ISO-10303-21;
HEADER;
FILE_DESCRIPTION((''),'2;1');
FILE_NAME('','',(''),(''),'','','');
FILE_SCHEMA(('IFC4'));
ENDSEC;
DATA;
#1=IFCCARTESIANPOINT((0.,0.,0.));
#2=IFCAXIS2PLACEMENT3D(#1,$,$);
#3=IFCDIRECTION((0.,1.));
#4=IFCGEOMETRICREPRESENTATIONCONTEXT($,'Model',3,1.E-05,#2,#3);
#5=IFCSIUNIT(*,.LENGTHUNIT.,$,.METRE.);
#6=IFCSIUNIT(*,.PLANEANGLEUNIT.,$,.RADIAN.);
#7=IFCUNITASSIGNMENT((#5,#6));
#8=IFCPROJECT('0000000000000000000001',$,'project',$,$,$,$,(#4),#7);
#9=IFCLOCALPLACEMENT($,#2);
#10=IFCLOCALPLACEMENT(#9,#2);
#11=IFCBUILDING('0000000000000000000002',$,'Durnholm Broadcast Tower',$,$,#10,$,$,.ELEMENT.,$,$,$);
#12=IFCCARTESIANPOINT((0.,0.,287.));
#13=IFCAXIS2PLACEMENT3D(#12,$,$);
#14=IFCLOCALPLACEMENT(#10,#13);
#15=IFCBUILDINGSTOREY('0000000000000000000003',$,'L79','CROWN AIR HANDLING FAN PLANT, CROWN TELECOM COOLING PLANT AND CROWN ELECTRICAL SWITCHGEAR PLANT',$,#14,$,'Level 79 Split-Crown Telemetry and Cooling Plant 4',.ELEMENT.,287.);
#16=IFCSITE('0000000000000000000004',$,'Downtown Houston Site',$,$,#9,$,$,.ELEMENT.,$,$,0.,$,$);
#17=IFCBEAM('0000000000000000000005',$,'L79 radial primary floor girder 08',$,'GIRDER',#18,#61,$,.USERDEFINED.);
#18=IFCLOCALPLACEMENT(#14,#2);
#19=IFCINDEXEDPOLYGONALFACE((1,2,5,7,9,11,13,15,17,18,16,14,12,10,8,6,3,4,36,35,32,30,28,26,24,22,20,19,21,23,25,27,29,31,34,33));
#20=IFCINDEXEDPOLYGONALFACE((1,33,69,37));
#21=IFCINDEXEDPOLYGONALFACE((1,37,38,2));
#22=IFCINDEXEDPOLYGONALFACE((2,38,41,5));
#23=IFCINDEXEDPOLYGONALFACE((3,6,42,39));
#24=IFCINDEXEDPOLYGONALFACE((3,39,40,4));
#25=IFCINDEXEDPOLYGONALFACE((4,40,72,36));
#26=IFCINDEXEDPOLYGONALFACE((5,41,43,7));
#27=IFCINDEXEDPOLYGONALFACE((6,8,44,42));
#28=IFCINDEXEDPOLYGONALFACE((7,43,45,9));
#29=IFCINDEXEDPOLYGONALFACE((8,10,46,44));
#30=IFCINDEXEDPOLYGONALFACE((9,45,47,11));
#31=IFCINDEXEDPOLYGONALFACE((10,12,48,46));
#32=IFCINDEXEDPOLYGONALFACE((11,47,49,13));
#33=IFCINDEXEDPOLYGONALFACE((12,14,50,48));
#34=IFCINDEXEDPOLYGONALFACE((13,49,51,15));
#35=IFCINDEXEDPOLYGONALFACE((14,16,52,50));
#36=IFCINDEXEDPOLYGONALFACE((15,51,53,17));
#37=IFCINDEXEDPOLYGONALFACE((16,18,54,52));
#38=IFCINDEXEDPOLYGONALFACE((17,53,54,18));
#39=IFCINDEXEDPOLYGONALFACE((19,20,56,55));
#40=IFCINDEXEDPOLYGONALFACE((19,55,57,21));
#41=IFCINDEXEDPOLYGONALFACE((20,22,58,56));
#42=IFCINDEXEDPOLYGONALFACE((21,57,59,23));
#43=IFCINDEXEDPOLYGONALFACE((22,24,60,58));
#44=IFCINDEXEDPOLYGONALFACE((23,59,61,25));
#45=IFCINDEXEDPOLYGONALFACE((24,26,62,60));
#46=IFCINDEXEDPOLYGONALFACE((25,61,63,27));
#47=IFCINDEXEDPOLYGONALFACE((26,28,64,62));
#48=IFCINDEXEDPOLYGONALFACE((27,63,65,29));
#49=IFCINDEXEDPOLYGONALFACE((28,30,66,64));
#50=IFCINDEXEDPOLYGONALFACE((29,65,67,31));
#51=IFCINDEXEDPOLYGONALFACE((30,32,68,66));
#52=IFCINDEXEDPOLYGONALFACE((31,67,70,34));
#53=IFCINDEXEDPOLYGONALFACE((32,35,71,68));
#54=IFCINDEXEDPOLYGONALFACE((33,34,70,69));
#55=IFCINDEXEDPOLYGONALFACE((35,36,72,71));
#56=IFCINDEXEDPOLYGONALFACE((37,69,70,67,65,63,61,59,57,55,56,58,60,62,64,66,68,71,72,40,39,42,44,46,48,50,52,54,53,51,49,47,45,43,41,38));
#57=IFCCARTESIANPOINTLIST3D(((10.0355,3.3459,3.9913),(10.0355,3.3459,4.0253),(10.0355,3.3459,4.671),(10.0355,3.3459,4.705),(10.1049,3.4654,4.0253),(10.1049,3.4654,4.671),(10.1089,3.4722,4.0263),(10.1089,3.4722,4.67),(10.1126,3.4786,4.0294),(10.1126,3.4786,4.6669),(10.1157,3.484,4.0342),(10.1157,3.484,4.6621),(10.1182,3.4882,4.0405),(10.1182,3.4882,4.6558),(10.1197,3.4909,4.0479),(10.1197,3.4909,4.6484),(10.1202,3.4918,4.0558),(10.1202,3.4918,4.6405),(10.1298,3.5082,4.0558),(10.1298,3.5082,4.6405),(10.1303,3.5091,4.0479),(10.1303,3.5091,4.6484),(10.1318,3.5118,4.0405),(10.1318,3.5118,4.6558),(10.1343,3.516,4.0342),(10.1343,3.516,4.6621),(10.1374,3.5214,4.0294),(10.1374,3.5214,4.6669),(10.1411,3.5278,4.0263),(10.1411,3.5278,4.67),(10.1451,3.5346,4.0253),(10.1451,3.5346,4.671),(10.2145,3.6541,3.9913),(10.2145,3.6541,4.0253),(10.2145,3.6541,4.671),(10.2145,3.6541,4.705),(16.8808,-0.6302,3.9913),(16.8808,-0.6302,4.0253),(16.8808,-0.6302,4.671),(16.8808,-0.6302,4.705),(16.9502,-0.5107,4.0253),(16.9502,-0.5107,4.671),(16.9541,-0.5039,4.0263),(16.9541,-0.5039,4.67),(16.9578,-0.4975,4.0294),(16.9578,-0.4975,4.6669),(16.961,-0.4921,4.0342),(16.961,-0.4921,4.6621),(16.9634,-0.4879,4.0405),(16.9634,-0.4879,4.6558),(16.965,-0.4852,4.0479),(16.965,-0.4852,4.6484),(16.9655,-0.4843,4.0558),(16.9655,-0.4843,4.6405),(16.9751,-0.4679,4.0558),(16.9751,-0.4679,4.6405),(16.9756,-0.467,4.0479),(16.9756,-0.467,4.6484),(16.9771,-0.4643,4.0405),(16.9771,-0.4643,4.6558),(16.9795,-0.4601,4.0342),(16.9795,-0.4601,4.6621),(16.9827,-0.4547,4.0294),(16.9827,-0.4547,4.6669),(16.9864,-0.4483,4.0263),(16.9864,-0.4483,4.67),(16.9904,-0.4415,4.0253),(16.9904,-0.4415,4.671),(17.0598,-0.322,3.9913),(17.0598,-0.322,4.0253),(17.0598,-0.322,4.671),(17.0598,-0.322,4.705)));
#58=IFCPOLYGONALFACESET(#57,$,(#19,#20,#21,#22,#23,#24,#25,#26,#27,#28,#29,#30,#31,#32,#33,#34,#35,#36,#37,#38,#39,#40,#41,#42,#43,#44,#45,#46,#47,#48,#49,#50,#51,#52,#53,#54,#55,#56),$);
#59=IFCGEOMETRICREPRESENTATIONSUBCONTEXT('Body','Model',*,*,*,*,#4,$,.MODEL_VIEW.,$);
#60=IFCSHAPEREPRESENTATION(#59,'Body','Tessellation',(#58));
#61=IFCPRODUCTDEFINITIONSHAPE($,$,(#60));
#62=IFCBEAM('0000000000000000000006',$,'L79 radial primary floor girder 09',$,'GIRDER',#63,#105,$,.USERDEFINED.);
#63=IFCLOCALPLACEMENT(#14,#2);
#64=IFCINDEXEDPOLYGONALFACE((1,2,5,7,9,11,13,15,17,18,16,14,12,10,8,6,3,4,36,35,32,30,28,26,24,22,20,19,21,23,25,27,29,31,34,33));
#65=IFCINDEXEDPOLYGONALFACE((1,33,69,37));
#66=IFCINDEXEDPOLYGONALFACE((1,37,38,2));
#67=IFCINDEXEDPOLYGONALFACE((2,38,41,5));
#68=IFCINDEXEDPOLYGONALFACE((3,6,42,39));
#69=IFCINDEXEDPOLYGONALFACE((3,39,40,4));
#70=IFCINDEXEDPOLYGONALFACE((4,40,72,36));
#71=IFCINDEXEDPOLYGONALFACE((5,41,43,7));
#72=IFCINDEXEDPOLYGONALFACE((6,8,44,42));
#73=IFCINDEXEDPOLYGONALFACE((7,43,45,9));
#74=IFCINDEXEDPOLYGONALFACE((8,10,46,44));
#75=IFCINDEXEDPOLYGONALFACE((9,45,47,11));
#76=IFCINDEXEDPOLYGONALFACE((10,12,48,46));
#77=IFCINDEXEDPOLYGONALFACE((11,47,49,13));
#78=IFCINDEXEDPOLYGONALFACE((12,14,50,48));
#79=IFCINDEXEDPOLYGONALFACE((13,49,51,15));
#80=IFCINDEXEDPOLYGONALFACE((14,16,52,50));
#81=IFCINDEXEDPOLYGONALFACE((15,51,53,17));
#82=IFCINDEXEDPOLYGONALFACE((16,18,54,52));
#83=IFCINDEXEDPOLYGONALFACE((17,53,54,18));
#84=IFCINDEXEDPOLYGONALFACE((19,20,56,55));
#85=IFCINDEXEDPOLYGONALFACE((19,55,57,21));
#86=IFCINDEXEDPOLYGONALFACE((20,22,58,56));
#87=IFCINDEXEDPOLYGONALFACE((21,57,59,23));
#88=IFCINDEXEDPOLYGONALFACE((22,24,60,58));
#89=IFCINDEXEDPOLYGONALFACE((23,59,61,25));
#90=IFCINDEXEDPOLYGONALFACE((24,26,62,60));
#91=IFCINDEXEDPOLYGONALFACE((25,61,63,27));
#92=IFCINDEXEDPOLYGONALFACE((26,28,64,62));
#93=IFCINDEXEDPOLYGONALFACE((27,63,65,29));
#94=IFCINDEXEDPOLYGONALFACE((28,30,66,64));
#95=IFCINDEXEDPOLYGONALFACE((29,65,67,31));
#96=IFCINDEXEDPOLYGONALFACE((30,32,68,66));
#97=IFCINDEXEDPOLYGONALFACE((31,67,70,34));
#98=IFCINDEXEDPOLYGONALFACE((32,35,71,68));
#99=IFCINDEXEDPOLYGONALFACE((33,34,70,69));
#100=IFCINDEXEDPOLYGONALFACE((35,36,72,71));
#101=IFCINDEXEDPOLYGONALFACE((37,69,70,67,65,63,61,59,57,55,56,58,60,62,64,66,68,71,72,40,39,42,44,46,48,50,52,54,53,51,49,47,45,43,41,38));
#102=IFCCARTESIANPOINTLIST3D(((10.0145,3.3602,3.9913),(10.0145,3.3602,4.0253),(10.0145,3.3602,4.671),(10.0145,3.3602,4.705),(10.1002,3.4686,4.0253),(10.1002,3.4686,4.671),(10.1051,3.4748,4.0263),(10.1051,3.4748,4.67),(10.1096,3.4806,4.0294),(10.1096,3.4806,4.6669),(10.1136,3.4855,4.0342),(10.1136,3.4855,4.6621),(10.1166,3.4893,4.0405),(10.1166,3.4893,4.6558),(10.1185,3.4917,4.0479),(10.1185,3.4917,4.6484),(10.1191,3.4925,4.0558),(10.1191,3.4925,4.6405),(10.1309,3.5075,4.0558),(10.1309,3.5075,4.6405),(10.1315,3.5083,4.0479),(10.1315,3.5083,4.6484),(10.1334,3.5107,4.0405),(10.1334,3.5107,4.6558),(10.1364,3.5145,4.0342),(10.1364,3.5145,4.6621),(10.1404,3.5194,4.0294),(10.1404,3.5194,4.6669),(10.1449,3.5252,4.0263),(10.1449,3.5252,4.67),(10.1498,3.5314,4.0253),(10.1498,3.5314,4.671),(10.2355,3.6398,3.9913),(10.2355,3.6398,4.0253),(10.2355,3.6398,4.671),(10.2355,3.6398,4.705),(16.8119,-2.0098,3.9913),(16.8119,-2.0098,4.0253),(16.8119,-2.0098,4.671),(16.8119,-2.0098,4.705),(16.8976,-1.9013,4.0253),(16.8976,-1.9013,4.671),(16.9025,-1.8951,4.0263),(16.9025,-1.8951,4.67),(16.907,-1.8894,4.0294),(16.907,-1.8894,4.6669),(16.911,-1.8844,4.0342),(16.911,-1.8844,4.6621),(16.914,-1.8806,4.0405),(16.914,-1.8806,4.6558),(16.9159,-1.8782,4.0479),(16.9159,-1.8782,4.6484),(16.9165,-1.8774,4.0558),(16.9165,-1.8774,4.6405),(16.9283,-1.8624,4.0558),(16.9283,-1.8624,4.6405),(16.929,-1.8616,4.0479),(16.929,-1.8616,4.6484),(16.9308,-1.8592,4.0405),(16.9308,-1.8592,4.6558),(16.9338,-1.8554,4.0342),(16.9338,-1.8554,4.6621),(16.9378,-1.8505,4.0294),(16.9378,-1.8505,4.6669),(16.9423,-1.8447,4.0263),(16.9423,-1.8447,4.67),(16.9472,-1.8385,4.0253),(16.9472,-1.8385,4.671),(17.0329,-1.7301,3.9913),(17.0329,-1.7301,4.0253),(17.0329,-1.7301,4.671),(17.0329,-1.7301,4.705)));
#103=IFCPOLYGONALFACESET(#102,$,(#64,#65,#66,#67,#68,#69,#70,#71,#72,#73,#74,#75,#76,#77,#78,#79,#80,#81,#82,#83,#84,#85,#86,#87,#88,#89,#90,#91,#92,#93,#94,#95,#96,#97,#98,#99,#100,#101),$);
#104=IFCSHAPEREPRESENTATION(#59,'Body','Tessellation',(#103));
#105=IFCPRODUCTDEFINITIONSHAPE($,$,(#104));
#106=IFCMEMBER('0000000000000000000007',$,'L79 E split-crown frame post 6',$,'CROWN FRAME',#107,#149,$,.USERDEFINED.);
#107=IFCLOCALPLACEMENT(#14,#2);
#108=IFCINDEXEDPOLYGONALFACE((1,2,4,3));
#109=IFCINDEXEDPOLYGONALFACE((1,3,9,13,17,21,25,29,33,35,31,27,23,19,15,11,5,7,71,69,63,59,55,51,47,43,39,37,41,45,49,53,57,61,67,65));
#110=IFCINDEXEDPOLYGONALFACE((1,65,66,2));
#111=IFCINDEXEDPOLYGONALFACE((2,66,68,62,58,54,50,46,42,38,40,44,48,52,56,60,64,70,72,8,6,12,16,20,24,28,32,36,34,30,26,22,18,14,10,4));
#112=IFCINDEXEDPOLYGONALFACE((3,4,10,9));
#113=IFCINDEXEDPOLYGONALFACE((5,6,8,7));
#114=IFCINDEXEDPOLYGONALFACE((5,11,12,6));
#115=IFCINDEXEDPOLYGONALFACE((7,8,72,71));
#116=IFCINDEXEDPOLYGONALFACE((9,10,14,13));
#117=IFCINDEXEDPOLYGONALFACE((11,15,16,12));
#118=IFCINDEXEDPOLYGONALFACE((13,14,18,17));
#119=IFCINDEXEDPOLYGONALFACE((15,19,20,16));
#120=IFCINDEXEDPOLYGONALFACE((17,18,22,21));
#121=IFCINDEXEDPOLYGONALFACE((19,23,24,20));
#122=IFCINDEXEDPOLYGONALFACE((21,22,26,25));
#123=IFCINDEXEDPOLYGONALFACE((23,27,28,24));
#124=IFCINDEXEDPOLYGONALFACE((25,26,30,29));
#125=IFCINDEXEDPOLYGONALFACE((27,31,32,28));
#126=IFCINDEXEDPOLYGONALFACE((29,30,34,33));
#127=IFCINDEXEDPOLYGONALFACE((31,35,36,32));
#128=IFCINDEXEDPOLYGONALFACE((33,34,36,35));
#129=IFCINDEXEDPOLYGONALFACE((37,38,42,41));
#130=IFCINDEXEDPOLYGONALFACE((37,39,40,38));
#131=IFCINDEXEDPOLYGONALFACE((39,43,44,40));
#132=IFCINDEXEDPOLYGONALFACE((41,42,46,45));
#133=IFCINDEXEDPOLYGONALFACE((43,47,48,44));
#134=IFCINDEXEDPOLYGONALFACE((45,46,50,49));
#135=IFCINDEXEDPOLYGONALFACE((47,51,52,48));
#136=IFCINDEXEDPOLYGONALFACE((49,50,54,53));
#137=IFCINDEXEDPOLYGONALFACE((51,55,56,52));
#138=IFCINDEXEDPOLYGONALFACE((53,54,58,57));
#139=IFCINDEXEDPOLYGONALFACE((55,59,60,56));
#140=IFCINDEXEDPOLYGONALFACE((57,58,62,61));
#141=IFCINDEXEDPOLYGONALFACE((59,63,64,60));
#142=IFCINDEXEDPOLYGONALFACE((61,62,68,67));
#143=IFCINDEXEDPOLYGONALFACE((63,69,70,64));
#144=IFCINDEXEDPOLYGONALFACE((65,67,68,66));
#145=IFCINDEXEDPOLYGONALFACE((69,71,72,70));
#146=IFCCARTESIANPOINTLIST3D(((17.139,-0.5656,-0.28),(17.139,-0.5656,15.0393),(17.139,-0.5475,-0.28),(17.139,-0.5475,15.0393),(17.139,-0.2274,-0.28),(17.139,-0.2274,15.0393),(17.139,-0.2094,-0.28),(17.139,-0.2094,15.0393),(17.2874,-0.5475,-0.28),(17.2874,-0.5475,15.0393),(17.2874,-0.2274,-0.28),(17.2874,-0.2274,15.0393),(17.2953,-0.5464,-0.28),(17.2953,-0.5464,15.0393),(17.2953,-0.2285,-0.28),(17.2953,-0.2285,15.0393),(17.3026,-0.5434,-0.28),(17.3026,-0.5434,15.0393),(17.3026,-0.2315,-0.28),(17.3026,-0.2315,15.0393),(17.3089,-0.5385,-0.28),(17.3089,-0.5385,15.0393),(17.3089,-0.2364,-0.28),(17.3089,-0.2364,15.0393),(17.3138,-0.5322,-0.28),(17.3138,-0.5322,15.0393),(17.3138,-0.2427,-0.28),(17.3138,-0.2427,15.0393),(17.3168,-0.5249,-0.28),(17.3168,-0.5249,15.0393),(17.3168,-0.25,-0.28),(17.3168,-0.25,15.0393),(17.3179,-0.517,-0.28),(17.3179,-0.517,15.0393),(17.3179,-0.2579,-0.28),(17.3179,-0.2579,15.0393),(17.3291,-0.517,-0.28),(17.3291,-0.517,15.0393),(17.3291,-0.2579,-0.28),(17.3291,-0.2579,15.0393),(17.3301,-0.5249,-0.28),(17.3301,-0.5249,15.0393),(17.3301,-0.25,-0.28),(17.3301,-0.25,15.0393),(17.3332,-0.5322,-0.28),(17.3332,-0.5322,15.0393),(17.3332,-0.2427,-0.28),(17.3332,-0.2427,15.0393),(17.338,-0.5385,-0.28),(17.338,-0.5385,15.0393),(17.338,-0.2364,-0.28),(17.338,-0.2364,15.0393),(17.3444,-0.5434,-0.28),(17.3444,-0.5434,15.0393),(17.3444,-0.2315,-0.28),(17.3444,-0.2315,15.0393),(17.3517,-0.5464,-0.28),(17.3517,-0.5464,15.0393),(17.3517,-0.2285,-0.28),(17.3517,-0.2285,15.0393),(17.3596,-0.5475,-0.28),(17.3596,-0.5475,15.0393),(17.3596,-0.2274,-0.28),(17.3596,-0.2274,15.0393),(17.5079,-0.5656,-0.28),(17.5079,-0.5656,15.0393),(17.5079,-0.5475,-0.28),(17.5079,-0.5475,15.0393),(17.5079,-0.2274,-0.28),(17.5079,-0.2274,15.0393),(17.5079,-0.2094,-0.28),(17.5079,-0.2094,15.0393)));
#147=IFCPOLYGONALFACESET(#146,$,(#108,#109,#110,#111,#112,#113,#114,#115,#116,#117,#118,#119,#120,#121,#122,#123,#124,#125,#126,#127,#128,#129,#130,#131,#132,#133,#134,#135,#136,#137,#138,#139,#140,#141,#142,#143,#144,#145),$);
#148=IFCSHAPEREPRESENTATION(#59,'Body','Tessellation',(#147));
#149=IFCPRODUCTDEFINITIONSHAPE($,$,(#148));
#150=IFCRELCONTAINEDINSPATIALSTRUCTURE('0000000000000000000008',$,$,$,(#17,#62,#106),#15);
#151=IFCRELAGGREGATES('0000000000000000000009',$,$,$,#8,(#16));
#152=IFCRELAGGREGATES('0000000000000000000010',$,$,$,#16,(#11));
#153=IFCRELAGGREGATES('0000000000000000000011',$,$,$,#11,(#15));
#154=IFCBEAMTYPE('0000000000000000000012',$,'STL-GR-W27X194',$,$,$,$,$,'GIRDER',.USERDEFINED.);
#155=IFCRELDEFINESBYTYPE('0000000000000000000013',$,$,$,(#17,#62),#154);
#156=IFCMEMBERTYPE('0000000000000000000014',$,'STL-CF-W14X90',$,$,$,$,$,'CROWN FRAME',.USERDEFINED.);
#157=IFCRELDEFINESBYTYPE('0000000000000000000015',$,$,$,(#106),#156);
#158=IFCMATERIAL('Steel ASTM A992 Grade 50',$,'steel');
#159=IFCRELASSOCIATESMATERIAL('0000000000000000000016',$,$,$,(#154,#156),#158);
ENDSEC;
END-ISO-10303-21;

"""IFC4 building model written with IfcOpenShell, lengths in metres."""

from ifc_helpers import new_model, si_unit, direction, frame, origin, origin_2d, place, context, subcontext, project, spatial, i_section, extrude, source, transform, mapped, material, material_profile, profile_set, type_object, type_shapes, element, save


model = new_model("IFC4")

# Units and contexts
model_context = context("Model", 3, precision=1e-05, world=origin(), true_north=direction((0.0, 1.0)))
body_context = subcontext(model_context, "Body", "Model", "MODEL_VIEW")
ifc_project = project(units=[si_unit("LENGTHUNIT", "METRE"), si_unit("PLANEANGLEUNIT", "RADIAN")], contexts=[model_context])

# Site, building, storey
site_placement = place(None, origin())
site = spatial("IfcSite", under=ifc_project, at=site_placement, Name="Downtown Houston Site", CompositionType="ELEMENT", RefElevation=0.0)
building_placement = place(site_placement, origin())
building = spatial("IfcBuilding", under=site, at=building_placement, Name="Durnholm Broadcast Tower", CompositionType="ELEMENT")
storey_placement = place(building_placement, frame((0.0, 0.0, 287.0)))
storey = spatial("IfcBuildingStorey", under=building, at=storey_placement, Name="L79", Description="CROWN AIR HANDLING FAN PLANT, CROWN TELECOM COOLING PLANT AND CROWN ELECTRICAL SWITCHGEAR PLANT", LongName="Level 79 Split-Crown Telemetry and Cooling Plant 4", CompositionType="ELEMENT", Elevation=287.0)

# Beams
ifc_material_1 = material(Name="Steel ASTM A992 Grade 50", Category="steel")
ifc_material_profile_1 = material_profile(ifc_material_1, i_section(OverallWidth=0.3564, OverallDepth=0.7136, WebThickness=0.019, FlangeThickness=0.0339, FilletRadius=0.0305, at=origin_2d()), Name="W27X194")
ifc_profile_set_1 = profile_set([ifc_material_profile_1], Name="Steel ASTM A992 Grade 50")
beam_type_1 = type_object("IfcBeamType", Name="STL-GR-W27X194", ElementType="GIRDER", PredefinedType="USERDEFINED", material=ifc_profile_set_1)
shared_shape_1 = source(origin(), body_context, "Body", "SweptSolid", [
    extrude(i_section(OverallWidth=0.3564, OverallDepth=0.7136, WebThickness=0.019, FlangeThickness=0.0339, FilletRadius=0.0305, at=origin_2d()), origin(), (0.0, 0.0, 1.0), 7.9163),
])
beam_1_placement = place(storey_placement, frame((10.125, 3.5, 4.3481), z_axis=(0.86471, -0.502271, 0.0), x_axis=(0.502271, 0.86471, 0.0)))
element("IfcBeam", 1, at=beam_1_placement, inside=storey, type_object=beam_type_1, Name="L79 radial primary floor girder 08", ObjectType="GIRDER", PredefinedType="USERDEFINED", context=body_context, shape_type="MappedRepresentation", body=[
    mapped(shared_shape_1, transform((0.0, 0.0, 0.0), x_axis=(1.0, 0.0, 0.0), y_axis=(0.0, 1.0, 0.0), z_axis=(0.0, 0.0, 1.0), scale=1.0)),
])
shared_shape_2 = source(origin(), body_context, "Body", "SweptSolid", [
    extrude(i_section(OverallWidth=0.3564, OverallDepth=0.7136, WebThickness=0.019, FlangeThickness=0.0339, FilletRadius=0.0305, at=origin_2d()), origin(), (0.0, 0.0, 1.0), 8.6626),
])
beam_2_placement = place(storey_placement, frame((10.125, 3.5, 4.3481), z_axis=(0.784684, -0.619896, 0.0), x_axis=(0.619896, 0.784684, 0.0)))
element("IfcBeam", 2, at=beam_2_placement, inside=storey, type_object=beam_type_1, Name="L79 radial primary floor girder 09", ObjectType="GIRDER", PredefinedType="USERDEFINED", context=body_context, shape_type="MappedRepresentation", body=[
    mapped(shared_shape_2, transform((0.0, 0.0, 0.0), x_axis=(1.0, 0.0, 0.0), y_axis=(0.0, 1.0, 0.0), z_axis=(0.0, 0.0, 1.0), scale=1.0)),
])

# Member
ifc_material_profile_2 = material_profile(ifc_material_1, i_section(OverallWidth=0.3689, OverallDepth=0.3562, WebThickness=0.0112, FlangeThickness=0.0181, FilletRadius=0.0305, at=origin_2d()), Name="W14X90")
ifc_profile_set_2 = profile_set([ifc_material_profile_2], Name="Steel ASTM A992 Grade 50")
member_type_1 = type_object("IfcMemberType", Name="STL-CF-W14X90", ElementType="CROWN FRAME", PredefinedType="USERDEFINED", material=ifc_profile_set_2)
shared_shape_3 = source(origin(), body_context, "Body", "SweptSolid", [
    extrude(i_section(OverallWidth=0.3689, OverallDepth=0.3562, WebThickness=0.0112, FlangeThickness=0.0181, FilletRadius=0.0305, at=origin_2d()), origin(), (0.0, 0.0, 1.0), 15.3193),
])
type_shapes(member_type_1, [shared_shape_3])
member_1_placement = place(storey_placement, frame((17.3235, -0.3875, -0.28), z_axis=(0.0, 0.0, 1.0), x_axis=(1.0, 0.0, 0.0)))
element("IfcMember", 3, at=member_1_placement, inside=storey, type_object=member_type_1, Name="L79 E split-crown frame post 6", ObjectType="CROWN FRAME", PredefinedType="USERDEFINED", context=body_context, shape_type="MappedRepresentation", body=[
    mapped(shared_shape_3, transform((0.0, 0.0, 0.0), x_axis=(1.0, 0.0, 0.0), y_axis=(0.0, 1.0, 0.0), z_axis=(0.0, 0.0, 1.0), scale=1.0)),
])

save(model, "model.ifc")
